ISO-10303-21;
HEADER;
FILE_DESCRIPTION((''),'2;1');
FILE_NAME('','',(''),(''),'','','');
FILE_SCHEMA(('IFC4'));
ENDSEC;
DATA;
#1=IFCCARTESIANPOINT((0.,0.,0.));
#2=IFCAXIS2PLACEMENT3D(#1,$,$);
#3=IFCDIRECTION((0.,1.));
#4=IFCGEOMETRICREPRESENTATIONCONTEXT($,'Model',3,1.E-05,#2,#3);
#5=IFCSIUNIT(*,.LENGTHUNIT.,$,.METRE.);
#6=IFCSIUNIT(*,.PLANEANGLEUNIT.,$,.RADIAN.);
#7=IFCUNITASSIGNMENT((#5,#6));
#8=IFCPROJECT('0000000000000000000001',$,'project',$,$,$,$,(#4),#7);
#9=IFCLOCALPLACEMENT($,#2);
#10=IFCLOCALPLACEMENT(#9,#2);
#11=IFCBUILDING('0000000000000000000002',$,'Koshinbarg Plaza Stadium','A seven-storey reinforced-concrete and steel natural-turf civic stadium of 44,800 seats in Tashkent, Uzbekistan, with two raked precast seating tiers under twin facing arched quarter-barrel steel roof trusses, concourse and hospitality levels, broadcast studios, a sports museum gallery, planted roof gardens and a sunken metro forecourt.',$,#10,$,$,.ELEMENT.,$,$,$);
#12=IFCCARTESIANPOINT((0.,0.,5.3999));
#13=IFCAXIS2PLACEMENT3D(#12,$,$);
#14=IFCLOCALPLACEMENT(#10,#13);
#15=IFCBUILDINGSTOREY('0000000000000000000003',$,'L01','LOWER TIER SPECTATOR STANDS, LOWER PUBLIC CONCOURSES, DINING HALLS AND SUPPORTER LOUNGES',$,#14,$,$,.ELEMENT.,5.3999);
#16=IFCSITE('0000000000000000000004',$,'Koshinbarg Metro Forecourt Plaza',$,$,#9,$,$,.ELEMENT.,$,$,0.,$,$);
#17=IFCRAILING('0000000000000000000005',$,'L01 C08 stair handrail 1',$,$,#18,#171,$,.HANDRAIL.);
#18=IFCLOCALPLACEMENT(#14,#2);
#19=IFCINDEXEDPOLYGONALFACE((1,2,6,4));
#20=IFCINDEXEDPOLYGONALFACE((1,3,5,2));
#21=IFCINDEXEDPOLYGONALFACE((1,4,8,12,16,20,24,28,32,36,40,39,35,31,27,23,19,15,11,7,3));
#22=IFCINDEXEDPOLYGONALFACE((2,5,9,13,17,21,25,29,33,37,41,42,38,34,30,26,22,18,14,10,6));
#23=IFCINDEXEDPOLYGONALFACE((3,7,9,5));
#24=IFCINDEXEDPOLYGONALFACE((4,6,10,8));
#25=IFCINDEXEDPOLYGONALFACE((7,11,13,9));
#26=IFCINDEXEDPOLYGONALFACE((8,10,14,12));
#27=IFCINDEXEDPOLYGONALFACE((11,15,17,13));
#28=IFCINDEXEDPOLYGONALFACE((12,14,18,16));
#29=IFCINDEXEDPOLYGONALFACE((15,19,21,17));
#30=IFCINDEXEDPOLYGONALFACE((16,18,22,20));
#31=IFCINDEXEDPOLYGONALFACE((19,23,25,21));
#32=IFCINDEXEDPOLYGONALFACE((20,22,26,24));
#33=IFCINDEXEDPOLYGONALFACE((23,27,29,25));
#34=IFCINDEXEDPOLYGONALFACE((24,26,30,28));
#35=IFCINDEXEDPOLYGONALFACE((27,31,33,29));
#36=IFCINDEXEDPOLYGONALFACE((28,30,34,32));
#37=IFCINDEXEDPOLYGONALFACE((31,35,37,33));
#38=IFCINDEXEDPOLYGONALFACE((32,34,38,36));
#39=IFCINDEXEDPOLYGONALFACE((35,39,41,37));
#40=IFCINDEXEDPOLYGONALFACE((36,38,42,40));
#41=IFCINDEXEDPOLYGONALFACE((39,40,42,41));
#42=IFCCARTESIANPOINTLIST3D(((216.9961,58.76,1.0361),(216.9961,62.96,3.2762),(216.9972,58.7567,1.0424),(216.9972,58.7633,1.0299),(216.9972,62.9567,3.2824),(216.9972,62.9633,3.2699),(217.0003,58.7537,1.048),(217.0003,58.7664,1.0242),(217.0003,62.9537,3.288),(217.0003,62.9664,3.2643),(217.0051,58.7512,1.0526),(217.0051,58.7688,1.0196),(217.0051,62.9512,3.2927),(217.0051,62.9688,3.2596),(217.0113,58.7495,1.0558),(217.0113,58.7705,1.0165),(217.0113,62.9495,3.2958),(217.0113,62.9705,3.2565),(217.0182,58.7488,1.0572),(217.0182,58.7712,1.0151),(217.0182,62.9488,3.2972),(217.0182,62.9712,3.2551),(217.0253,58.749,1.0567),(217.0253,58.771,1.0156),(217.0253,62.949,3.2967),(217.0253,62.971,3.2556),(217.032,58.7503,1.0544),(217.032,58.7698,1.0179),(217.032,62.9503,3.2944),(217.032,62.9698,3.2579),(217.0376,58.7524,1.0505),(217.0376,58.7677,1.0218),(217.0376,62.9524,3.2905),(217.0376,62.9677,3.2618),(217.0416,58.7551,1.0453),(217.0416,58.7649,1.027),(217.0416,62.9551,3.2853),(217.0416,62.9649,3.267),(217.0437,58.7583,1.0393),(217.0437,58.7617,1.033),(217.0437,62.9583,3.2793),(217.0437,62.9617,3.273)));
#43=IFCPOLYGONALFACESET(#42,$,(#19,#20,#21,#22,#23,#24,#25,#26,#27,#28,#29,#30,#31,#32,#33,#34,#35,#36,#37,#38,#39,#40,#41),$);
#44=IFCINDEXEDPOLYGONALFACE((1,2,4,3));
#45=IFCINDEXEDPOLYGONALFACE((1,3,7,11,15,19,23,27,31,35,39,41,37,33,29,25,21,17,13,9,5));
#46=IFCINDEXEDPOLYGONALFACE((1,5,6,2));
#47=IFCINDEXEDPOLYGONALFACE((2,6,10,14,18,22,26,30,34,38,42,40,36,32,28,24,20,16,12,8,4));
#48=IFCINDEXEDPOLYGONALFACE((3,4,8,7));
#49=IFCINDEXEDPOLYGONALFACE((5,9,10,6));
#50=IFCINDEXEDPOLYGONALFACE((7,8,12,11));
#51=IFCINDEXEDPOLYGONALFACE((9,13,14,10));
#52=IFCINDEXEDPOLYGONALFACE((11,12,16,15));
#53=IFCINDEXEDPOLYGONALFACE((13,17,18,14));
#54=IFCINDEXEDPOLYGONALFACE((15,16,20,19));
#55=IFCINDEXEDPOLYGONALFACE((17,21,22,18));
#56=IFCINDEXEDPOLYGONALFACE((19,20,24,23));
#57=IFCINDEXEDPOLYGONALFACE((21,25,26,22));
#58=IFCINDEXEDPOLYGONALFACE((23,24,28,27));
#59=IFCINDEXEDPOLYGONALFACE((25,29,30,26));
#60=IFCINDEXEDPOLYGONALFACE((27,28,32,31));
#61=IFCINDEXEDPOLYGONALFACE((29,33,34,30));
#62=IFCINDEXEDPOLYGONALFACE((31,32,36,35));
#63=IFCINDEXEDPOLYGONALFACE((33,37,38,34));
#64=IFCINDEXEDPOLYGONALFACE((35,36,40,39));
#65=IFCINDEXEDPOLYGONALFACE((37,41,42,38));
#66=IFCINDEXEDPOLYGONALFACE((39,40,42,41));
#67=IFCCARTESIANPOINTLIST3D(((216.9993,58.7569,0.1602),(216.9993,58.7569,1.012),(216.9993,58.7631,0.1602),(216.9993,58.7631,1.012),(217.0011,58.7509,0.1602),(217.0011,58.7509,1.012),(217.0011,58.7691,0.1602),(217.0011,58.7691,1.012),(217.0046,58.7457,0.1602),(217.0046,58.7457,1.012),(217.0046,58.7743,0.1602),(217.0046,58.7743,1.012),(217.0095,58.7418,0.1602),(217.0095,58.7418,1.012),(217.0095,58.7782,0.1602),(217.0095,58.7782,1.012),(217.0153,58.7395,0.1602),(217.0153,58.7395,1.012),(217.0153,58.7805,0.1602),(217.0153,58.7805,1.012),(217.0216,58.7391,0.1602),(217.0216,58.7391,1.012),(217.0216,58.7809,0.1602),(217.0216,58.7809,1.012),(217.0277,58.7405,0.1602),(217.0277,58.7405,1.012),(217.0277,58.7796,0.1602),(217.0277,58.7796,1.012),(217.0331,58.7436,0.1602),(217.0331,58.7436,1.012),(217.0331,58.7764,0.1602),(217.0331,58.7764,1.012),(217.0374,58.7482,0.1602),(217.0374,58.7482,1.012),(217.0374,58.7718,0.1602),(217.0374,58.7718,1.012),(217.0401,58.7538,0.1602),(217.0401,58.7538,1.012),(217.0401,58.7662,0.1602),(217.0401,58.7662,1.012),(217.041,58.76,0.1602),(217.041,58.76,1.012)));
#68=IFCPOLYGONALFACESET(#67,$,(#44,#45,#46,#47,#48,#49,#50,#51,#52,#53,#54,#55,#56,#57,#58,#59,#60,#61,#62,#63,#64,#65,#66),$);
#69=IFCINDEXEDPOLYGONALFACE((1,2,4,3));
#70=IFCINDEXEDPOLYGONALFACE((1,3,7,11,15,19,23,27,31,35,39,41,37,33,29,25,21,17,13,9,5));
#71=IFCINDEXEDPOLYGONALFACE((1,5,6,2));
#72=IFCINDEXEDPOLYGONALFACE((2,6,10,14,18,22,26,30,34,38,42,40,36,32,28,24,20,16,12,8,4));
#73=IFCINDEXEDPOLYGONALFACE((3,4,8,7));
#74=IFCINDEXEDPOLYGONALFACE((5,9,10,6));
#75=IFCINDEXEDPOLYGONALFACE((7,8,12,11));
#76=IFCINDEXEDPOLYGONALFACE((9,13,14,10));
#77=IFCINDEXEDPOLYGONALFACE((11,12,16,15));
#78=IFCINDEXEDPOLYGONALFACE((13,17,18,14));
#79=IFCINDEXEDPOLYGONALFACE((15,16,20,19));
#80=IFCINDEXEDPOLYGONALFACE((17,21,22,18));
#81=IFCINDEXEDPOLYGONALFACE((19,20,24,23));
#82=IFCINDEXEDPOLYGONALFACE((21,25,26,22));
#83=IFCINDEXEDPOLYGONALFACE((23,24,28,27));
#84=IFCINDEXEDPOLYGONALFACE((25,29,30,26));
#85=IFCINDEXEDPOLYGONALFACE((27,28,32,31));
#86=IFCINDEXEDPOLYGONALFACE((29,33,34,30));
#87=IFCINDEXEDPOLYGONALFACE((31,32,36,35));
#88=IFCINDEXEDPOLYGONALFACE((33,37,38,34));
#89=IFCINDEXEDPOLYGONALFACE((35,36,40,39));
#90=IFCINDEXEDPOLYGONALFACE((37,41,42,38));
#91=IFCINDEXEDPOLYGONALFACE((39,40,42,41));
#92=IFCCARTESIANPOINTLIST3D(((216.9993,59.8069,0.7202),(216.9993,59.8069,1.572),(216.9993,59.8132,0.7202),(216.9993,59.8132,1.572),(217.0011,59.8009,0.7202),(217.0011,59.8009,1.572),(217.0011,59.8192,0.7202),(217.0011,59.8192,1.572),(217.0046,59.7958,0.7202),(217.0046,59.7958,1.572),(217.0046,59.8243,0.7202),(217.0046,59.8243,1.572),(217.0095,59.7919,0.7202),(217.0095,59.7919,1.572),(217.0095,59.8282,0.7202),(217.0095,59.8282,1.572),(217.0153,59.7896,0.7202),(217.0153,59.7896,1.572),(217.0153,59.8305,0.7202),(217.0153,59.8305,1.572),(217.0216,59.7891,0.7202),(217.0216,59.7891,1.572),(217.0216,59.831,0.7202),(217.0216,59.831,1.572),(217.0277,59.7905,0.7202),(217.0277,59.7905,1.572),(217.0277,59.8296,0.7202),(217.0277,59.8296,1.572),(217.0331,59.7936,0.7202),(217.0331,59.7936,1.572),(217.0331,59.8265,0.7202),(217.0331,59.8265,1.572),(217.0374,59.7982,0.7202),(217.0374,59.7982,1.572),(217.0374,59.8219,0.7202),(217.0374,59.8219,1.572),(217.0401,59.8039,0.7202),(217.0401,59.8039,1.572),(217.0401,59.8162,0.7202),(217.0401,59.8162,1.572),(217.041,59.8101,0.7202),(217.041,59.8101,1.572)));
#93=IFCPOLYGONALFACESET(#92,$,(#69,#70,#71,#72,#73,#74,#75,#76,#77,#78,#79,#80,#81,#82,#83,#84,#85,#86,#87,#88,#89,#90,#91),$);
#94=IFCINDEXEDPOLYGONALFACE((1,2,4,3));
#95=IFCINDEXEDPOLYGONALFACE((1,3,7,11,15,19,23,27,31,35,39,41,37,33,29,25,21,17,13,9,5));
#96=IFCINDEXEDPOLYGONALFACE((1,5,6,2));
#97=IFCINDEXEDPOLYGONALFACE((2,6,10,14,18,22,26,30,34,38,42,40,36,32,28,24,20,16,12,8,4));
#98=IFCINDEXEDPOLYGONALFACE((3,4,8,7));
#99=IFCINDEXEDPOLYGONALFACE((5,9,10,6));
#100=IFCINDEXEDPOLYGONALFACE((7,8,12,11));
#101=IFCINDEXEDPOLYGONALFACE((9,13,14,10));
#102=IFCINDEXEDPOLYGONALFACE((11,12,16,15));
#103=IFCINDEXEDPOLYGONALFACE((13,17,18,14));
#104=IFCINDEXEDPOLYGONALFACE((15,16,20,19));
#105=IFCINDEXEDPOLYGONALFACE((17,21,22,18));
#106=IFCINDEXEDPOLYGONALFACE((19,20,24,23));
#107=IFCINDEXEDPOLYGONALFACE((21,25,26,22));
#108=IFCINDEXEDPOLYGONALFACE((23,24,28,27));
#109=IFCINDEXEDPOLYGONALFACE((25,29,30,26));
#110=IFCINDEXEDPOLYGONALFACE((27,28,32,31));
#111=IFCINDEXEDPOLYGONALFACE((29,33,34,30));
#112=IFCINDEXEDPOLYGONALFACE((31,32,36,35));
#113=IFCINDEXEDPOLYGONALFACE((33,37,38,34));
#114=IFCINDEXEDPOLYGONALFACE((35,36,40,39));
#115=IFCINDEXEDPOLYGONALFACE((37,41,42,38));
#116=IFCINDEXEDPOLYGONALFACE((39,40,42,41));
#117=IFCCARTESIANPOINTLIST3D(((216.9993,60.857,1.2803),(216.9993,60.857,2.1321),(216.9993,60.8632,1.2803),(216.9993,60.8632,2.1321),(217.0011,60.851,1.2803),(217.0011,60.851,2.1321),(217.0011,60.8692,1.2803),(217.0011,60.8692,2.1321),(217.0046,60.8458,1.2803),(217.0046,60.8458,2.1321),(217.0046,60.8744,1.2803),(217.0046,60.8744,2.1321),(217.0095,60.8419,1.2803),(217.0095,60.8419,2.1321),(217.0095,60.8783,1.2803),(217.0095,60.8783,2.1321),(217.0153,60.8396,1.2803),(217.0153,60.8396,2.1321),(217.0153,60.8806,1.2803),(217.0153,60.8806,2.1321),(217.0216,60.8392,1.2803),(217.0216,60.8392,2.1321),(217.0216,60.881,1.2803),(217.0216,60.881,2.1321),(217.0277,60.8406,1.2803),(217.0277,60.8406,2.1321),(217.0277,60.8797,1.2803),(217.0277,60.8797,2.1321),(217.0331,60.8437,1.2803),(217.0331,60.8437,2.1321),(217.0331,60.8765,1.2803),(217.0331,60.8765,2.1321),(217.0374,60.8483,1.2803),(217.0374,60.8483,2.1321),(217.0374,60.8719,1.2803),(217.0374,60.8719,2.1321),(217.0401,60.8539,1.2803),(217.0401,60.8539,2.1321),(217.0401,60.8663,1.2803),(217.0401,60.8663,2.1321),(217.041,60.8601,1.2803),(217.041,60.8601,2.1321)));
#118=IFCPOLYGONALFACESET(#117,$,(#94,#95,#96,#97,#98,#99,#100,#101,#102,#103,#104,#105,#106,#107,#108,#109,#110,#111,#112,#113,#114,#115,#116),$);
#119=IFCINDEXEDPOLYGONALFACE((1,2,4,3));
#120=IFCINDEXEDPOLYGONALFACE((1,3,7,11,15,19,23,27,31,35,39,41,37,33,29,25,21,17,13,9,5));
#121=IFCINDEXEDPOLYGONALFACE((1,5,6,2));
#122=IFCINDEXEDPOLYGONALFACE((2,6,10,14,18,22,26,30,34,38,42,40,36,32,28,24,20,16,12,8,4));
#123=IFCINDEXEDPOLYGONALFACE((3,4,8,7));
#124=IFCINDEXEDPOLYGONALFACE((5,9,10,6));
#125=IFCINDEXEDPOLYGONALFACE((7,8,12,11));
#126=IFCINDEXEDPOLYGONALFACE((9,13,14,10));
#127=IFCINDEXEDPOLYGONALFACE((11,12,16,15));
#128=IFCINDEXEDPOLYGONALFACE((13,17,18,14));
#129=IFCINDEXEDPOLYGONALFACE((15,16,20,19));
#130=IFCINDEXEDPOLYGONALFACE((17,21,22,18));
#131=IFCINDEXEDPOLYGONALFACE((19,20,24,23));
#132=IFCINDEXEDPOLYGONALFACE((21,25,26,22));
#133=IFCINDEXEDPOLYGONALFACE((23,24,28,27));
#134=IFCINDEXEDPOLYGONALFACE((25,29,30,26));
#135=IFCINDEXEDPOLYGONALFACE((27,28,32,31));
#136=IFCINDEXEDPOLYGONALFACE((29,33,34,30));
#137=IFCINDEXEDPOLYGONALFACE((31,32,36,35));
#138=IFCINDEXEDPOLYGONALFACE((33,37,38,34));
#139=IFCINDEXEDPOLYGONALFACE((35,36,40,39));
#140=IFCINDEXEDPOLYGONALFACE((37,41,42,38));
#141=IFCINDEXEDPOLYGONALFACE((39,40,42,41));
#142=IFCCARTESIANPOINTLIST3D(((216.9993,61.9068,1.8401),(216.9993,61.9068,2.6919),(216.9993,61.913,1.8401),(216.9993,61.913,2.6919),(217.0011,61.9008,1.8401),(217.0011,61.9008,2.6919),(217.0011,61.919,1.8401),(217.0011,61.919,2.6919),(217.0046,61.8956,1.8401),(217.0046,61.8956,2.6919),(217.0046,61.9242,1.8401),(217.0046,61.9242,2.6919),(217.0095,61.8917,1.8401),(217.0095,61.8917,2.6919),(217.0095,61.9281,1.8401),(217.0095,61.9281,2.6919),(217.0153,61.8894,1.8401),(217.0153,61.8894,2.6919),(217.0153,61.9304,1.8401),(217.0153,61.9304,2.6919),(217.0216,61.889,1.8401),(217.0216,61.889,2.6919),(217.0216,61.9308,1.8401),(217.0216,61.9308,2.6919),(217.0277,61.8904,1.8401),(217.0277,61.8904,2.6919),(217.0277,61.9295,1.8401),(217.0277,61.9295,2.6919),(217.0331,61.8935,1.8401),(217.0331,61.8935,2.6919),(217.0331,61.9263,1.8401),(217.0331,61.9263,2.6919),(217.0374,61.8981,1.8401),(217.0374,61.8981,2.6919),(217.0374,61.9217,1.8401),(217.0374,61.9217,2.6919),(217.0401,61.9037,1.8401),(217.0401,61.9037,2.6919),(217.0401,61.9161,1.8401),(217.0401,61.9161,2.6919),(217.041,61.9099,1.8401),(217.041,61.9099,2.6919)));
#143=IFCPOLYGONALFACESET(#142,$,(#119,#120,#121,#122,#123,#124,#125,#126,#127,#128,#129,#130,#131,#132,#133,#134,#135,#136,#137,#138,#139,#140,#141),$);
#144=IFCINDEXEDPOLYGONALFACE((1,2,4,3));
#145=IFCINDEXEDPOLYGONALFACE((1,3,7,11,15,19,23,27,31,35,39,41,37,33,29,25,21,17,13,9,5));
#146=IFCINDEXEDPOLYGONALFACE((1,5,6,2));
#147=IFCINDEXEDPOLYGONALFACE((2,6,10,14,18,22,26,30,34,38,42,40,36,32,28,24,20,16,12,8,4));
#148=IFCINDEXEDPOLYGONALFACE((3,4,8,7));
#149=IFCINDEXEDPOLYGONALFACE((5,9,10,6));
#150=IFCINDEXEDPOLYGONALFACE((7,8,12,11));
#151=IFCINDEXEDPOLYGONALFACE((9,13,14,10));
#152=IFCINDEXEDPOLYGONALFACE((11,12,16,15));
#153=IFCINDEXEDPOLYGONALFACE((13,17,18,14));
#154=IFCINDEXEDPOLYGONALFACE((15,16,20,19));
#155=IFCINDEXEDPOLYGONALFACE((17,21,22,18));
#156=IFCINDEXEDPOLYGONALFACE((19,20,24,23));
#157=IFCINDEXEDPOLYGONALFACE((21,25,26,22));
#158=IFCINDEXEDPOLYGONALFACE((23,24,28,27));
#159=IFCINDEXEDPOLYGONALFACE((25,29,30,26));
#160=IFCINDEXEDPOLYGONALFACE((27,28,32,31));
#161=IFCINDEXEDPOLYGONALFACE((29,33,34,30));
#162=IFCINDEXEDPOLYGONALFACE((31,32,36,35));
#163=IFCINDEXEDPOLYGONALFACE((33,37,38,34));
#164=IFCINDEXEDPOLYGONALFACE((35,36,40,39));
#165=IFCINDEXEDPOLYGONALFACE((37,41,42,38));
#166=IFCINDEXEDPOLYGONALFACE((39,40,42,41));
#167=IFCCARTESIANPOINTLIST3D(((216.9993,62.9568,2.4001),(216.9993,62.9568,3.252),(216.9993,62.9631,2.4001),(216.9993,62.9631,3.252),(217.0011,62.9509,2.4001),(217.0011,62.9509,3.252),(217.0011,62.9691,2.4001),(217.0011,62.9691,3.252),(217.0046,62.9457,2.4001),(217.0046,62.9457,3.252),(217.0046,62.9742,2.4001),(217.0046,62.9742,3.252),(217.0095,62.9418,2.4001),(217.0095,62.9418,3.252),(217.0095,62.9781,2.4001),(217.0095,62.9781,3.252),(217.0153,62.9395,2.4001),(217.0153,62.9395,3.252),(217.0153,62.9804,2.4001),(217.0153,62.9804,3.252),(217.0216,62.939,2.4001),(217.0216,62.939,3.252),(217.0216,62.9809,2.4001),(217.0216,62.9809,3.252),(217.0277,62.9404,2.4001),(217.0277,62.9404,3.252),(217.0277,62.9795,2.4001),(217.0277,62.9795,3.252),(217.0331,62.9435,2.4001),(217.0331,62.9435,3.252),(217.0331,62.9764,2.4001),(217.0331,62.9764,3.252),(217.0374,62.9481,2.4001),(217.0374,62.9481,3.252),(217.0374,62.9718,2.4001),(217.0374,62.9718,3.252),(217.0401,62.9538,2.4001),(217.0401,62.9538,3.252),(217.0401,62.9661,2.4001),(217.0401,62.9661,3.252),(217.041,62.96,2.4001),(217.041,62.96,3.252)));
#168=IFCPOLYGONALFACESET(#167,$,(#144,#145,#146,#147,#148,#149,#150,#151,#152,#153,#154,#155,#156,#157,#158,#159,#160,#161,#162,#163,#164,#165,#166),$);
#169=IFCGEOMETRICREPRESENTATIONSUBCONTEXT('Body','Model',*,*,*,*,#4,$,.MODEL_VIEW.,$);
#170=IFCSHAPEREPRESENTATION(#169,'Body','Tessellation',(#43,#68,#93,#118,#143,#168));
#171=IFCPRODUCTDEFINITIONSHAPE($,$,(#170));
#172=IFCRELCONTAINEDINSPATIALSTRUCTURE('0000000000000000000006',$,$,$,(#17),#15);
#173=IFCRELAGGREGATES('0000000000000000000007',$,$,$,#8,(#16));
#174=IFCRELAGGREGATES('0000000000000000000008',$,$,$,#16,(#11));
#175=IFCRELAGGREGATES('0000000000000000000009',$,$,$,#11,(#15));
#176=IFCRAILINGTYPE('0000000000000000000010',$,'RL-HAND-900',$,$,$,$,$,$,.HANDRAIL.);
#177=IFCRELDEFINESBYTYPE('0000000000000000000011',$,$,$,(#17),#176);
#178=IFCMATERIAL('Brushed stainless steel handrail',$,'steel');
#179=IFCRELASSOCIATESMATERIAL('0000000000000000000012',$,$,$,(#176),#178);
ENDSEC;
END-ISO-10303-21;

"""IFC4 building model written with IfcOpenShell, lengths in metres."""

from ifc_helpers import new_model, si_unit, direction, frame, origin, origin_2d, place, context, subcontext, project, spatial, circle, extrude, material, type_object, element, save


model = new_model("IFC4")

# Units and contexts
model_context = context("Model", 3, precision=1e-05, world=origin(), true_north=direction((0.0, 1.0)))
body_context = subcontext(model_context, "Body", "Model", "MODEL_VIEW")
ifc_project = project(units=[si_unit("LENGTHUNIT", "METRE"), si_unit("PLANEANGLEUNIT", "RADIAN")], contexts=[model_context])

# Site, building, storey
site_placement = place(None, origin())
site = spatial("IfcSite", under=ifc_project, at=site_placement, Name="Koshinbarg Metro Forecourt Plaza", CompositionType="ELEMENT", RefElevation=0.0)
building_placement = place(site_placement, origin())
building = spatial("IfcBuilding", under=site, at=building_placement, Name="Koshinbarg Plaza Stadium", Description="A seven-storey reinforced-concrete and steel natural-turf civic stadium of 44,800 seats in Tashkent, Uzbekistan, with two raked precast seating tiers under twin facing arched quarter-barrel steel roof trusses, concourse and hospitality levels, broadcast studios, a sports museum gallery, planted roof gardens and a sunken metro forecourt.", CompositionType="ELEMENT")
storey_placement = place(building_placement, frame((0.0, 0.0, 5.3999)))
storey = spatial("IfcBuildingStorey", under=building, at=storey_placement, Name="L01", Description="LOWER TIER SPECTATOR STANDS, LOWER PUBLIC CONCOURSES, DINING HALLS AND SUPPORTER LOUNGES", CompositionType="ELEMENT", Elevation=5.3999)

# Railing
ifc_material_1 = material(Name="Brushed stainless steel handrail", Category="steel")
railing_type_1 = type_object("IfcRailingType", Name="RL-HAND-900", PredefinedType="HANDRAIL", material=ifc_material_1)
railing_1_placement = place(storey_placement, frame((217.02, 58.76, 0.1602)))
element("IfcRailing", 1, at=railing_1_placement, inside=storey, type_object=railing_type_1, Name="L01 C08 stair handrail 1", PredefinedType="HANDRAIL", context=body_context, shape_type="SweptSolid", body=[
    extrude(circle(Radius=0.0239, at=origin_2d()), frame((0.0, 0.0, 0.876), z_axis=(0.0, 0.882352, 0.470591), x_axis=(-1.0, 0.0, 0.0)), (0.0, 0.0, 1.0), 4.76),
    extrude(circle(Radius=0.021, at=origin_2d()), origin(), (0.0, 0.0, 1.0), 0.8518),
    extrude(circle(Radius=0.021, at=origin_2d()), frame((0.0, 1.05, 0.5601)), (0.0, 0.0, 1.0), 0.8518),
    extrude(circle(Radius=0.021, at=origin_2d()), frame((0.0, 2.1001, 1.1201)), (0.0, 0.0, 1.0), 0.8518),
    extrude(circle(Radius=0.021, at=origin_2d()), frame((0.0, 3.1499, 1.6799)), (0.0, 0.0, 1.0), 0.8518),
    extrude(circle(Radius=0.021, at=origin_2d()), frame((0.0, 4.2, 2.24)), (0.0, 0.0, 1.0), 0.8518),
])

save(model, "model.ifc")
